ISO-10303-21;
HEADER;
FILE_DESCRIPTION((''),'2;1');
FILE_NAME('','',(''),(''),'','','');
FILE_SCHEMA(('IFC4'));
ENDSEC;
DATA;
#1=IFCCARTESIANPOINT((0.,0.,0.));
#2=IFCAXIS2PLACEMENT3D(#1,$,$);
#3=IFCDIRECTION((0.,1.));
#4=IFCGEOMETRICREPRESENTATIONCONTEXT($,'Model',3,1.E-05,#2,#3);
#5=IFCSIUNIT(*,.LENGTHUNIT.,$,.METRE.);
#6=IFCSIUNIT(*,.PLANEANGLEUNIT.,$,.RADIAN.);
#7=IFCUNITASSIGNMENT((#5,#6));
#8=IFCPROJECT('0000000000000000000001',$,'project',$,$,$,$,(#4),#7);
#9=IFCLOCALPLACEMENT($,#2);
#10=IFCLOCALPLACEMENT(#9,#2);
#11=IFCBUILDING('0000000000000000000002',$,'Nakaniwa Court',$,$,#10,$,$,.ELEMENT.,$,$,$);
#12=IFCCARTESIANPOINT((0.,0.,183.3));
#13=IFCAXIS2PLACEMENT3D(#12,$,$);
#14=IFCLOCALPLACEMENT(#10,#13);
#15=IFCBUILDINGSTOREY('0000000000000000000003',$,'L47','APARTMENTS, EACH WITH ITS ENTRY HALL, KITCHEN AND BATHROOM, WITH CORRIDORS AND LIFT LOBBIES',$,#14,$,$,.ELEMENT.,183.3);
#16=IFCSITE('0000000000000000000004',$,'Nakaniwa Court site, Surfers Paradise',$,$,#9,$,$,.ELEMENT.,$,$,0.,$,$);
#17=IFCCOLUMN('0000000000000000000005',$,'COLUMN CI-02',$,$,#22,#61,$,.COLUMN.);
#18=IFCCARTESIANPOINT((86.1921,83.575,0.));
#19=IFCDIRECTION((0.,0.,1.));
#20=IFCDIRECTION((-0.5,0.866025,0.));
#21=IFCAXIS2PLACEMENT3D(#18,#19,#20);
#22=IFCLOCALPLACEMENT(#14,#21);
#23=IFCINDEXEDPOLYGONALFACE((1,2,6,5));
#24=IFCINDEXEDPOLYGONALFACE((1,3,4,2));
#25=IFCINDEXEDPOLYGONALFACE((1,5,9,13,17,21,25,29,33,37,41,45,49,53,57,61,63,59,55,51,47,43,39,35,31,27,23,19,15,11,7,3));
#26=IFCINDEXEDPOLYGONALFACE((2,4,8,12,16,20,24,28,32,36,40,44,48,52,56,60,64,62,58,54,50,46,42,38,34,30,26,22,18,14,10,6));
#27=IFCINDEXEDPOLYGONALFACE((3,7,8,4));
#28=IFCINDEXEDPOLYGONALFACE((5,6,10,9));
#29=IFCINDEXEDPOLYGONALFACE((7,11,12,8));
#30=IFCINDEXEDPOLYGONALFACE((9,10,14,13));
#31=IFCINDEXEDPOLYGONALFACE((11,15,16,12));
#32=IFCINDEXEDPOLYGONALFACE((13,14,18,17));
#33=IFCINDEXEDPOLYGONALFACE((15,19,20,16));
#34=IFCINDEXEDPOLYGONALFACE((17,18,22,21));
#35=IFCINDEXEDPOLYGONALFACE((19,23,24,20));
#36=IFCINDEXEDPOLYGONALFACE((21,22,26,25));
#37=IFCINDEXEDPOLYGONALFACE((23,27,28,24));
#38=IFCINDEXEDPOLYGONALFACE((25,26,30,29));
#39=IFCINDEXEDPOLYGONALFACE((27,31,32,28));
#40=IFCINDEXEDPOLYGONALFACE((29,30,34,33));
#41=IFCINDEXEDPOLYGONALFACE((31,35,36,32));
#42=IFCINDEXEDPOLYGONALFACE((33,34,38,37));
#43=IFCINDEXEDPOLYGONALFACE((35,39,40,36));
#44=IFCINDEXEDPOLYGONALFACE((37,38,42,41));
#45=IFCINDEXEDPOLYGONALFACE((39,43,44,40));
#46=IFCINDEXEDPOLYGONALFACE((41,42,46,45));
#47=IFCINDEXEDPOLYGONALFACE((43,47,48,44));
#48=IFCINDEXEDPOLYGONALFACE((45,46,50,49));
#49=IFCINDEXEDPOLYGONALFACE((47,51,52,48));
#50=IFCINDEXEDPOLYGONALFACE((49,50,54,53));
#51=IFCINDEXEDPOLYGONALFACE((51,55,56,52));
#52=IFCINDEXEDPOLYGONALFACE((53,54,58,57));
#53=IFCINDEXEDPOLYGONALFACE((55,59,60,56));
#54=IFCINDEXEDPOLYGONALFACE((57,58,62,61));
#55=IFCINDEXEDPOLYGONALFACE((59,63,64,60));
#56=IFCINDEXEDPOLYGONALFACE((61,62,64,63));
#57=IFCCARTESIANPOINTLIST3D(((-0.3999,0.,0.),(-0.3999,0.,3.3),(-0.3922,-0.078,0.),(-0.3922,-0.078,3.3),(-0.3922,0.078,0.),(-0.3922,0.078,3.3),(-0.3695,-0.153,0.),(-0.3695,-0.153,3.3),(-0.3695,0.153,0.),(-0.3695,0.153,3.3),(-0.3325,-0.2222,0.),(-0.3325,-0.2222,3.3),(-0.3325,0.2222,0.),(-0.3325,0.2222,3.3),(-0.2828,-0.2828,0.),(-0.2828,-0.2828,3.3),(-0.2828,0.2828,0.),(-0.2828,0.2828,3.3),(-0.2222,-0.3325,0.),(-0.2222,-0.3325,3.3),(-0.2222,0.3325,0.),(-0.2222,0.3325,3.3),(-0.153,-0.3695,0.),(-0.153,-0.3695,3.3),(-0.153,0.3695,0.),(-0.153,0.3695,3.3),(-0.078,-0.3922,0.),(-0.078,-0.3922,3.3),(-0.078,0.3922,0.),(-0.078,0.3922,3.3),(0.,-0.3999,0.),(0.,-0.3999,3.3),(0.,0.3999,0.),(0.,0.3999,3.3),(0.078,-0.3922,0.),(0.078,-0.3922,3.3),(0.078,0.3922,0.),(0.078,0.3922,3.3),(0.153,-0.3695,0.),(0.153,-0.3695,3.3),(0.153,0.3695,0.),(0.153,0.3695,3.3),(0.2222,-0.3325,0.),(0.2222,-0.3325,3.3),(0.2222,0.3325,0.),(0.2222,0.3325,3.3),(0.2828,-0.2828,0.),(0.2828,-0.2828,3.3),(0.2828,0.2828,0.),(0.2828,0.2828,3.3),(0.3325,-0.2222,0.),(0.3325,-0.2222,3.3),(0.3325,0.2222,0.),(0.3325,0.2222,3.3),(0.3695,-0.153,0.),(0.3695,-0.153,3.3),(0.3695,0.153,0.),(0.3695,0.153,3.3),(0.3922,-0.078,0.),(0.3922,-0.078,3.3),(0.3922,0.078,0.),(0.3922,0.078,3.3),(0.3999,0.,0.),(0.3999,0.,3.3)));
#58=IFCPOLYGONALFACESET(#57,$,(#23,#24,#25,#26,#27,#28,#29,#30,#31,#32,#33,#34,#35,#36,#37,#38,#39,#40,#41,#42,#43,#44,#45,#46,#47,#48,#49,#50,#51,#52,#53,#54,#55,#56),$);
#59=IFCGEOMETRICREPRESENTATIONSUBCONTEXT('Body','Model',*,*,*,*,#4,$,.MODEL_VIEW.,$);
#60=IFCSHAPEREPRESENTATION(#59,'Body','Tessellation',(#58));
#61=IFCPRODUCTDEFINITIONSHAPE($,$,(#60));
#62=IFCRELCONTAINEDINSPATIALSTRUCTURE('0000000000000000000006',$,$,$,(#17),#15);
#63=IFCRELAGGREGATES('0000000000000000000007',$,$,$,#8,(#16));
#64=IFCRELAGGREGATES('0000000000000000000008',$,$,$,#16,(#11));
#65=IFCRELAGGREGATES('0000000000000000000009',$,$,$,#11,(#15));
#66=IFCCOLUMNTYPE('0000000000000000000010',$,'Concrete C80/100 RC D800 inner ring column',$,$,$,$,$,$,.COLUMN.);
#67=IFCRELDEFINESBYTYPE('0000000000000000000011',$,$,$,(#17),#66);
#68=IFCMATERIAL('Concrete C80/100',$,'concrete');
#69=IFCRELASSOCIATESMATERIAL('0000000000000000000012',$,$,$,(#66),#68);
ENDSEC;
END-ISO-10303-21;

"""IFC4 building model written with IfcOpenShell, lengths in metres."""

from ifc_helpers import new_model, si_unit, direction, frame, origin, origin_2d, place, context, subcontext, project, spatial, circle, extrude, material, material_profile, profile_set, type_object, element, save


model = new_model("IFC4")

# Units and contexts
model_context = context("Model", 3, precision=1e-05, world=origin(), true_north=direction((0.0, 1.0)))
body_context = subcontext(model_context, "Body", "Model", "MODEL_VIEW")
ifc_project = project(units=[si_unit("LENGTHUNIT", "METRE"), si_unit("PLANEANGLEUNIT", "RADIAN")], contexts=[model_context])

# Site, building, storey
site_placement = place(None, origin())
site = spatial("IfcSite", under=ifc_project, at=site_placement, Name="Nakaniwa Court site, Surfers Paradise", CompositionType="ELEMENT", RefElevation=0.0)
building_placement = place(site_placement, origin())
building = spatial("IfcBuilding", under=site, at=building_placement, Name="Nakaniwa Court", CompositionType="ELEMENT")
storey_placement = place(building_placement, frame((0.0, 0.0, 183.3)))
storey = spatial("IfcBuildingStorey", under=building, at=storey_placement, Name="L47", Description="APARTMENTS, EACH WITH ITS ENTRY HALL, KITCHEN AND BATHROOM, WITH CORRIDORS AND LIFT LOBBIES", CompositionType="ELEMENT", Elevation=183.3)

# Column
ifc_material_1 = material(Name="Concrete C80/100", Category="concrete")
ifc_material_profile_1 = material_profile(ifc_material_1, circle(Radius=0.3999, at=origin_2d()), Name="Concrete C80/100 RC D800 inner ring column")
ifc_profile_set_1 = profile_set([ifc_material_profile_1], Name="Concrete C80/100")
column_type_1 = type_object("IfcColumnType", Name="Concrete C80/100 RC D800 inner ring column", PredefinedType="COLUMN", material=ifc_profile_set_1)
for number, where, z_axis, x_axis, name in (
    (1, (86.1921, 83.575, 0.0), (0.0, 0.0, 1.0), (-0.5, 0.866025, 0.0), "COLUMN CI-02"),
):
    element("IfcColumn", number, at=place(storey_placement, frame(where, z_axis=z_axis, x_axis=x_axis)), inside=storey, type_object=column_type_1, Name=name, PredefinedType="COLUMN", context=body_context, shape_type="SweptSolid", body=[
        extrude(circle(Radius=0.3999, at=origin_2d()), origin(), (0.0, 0.0, 1.0), 3.3),
    ])

save(model, "model.ifc")
